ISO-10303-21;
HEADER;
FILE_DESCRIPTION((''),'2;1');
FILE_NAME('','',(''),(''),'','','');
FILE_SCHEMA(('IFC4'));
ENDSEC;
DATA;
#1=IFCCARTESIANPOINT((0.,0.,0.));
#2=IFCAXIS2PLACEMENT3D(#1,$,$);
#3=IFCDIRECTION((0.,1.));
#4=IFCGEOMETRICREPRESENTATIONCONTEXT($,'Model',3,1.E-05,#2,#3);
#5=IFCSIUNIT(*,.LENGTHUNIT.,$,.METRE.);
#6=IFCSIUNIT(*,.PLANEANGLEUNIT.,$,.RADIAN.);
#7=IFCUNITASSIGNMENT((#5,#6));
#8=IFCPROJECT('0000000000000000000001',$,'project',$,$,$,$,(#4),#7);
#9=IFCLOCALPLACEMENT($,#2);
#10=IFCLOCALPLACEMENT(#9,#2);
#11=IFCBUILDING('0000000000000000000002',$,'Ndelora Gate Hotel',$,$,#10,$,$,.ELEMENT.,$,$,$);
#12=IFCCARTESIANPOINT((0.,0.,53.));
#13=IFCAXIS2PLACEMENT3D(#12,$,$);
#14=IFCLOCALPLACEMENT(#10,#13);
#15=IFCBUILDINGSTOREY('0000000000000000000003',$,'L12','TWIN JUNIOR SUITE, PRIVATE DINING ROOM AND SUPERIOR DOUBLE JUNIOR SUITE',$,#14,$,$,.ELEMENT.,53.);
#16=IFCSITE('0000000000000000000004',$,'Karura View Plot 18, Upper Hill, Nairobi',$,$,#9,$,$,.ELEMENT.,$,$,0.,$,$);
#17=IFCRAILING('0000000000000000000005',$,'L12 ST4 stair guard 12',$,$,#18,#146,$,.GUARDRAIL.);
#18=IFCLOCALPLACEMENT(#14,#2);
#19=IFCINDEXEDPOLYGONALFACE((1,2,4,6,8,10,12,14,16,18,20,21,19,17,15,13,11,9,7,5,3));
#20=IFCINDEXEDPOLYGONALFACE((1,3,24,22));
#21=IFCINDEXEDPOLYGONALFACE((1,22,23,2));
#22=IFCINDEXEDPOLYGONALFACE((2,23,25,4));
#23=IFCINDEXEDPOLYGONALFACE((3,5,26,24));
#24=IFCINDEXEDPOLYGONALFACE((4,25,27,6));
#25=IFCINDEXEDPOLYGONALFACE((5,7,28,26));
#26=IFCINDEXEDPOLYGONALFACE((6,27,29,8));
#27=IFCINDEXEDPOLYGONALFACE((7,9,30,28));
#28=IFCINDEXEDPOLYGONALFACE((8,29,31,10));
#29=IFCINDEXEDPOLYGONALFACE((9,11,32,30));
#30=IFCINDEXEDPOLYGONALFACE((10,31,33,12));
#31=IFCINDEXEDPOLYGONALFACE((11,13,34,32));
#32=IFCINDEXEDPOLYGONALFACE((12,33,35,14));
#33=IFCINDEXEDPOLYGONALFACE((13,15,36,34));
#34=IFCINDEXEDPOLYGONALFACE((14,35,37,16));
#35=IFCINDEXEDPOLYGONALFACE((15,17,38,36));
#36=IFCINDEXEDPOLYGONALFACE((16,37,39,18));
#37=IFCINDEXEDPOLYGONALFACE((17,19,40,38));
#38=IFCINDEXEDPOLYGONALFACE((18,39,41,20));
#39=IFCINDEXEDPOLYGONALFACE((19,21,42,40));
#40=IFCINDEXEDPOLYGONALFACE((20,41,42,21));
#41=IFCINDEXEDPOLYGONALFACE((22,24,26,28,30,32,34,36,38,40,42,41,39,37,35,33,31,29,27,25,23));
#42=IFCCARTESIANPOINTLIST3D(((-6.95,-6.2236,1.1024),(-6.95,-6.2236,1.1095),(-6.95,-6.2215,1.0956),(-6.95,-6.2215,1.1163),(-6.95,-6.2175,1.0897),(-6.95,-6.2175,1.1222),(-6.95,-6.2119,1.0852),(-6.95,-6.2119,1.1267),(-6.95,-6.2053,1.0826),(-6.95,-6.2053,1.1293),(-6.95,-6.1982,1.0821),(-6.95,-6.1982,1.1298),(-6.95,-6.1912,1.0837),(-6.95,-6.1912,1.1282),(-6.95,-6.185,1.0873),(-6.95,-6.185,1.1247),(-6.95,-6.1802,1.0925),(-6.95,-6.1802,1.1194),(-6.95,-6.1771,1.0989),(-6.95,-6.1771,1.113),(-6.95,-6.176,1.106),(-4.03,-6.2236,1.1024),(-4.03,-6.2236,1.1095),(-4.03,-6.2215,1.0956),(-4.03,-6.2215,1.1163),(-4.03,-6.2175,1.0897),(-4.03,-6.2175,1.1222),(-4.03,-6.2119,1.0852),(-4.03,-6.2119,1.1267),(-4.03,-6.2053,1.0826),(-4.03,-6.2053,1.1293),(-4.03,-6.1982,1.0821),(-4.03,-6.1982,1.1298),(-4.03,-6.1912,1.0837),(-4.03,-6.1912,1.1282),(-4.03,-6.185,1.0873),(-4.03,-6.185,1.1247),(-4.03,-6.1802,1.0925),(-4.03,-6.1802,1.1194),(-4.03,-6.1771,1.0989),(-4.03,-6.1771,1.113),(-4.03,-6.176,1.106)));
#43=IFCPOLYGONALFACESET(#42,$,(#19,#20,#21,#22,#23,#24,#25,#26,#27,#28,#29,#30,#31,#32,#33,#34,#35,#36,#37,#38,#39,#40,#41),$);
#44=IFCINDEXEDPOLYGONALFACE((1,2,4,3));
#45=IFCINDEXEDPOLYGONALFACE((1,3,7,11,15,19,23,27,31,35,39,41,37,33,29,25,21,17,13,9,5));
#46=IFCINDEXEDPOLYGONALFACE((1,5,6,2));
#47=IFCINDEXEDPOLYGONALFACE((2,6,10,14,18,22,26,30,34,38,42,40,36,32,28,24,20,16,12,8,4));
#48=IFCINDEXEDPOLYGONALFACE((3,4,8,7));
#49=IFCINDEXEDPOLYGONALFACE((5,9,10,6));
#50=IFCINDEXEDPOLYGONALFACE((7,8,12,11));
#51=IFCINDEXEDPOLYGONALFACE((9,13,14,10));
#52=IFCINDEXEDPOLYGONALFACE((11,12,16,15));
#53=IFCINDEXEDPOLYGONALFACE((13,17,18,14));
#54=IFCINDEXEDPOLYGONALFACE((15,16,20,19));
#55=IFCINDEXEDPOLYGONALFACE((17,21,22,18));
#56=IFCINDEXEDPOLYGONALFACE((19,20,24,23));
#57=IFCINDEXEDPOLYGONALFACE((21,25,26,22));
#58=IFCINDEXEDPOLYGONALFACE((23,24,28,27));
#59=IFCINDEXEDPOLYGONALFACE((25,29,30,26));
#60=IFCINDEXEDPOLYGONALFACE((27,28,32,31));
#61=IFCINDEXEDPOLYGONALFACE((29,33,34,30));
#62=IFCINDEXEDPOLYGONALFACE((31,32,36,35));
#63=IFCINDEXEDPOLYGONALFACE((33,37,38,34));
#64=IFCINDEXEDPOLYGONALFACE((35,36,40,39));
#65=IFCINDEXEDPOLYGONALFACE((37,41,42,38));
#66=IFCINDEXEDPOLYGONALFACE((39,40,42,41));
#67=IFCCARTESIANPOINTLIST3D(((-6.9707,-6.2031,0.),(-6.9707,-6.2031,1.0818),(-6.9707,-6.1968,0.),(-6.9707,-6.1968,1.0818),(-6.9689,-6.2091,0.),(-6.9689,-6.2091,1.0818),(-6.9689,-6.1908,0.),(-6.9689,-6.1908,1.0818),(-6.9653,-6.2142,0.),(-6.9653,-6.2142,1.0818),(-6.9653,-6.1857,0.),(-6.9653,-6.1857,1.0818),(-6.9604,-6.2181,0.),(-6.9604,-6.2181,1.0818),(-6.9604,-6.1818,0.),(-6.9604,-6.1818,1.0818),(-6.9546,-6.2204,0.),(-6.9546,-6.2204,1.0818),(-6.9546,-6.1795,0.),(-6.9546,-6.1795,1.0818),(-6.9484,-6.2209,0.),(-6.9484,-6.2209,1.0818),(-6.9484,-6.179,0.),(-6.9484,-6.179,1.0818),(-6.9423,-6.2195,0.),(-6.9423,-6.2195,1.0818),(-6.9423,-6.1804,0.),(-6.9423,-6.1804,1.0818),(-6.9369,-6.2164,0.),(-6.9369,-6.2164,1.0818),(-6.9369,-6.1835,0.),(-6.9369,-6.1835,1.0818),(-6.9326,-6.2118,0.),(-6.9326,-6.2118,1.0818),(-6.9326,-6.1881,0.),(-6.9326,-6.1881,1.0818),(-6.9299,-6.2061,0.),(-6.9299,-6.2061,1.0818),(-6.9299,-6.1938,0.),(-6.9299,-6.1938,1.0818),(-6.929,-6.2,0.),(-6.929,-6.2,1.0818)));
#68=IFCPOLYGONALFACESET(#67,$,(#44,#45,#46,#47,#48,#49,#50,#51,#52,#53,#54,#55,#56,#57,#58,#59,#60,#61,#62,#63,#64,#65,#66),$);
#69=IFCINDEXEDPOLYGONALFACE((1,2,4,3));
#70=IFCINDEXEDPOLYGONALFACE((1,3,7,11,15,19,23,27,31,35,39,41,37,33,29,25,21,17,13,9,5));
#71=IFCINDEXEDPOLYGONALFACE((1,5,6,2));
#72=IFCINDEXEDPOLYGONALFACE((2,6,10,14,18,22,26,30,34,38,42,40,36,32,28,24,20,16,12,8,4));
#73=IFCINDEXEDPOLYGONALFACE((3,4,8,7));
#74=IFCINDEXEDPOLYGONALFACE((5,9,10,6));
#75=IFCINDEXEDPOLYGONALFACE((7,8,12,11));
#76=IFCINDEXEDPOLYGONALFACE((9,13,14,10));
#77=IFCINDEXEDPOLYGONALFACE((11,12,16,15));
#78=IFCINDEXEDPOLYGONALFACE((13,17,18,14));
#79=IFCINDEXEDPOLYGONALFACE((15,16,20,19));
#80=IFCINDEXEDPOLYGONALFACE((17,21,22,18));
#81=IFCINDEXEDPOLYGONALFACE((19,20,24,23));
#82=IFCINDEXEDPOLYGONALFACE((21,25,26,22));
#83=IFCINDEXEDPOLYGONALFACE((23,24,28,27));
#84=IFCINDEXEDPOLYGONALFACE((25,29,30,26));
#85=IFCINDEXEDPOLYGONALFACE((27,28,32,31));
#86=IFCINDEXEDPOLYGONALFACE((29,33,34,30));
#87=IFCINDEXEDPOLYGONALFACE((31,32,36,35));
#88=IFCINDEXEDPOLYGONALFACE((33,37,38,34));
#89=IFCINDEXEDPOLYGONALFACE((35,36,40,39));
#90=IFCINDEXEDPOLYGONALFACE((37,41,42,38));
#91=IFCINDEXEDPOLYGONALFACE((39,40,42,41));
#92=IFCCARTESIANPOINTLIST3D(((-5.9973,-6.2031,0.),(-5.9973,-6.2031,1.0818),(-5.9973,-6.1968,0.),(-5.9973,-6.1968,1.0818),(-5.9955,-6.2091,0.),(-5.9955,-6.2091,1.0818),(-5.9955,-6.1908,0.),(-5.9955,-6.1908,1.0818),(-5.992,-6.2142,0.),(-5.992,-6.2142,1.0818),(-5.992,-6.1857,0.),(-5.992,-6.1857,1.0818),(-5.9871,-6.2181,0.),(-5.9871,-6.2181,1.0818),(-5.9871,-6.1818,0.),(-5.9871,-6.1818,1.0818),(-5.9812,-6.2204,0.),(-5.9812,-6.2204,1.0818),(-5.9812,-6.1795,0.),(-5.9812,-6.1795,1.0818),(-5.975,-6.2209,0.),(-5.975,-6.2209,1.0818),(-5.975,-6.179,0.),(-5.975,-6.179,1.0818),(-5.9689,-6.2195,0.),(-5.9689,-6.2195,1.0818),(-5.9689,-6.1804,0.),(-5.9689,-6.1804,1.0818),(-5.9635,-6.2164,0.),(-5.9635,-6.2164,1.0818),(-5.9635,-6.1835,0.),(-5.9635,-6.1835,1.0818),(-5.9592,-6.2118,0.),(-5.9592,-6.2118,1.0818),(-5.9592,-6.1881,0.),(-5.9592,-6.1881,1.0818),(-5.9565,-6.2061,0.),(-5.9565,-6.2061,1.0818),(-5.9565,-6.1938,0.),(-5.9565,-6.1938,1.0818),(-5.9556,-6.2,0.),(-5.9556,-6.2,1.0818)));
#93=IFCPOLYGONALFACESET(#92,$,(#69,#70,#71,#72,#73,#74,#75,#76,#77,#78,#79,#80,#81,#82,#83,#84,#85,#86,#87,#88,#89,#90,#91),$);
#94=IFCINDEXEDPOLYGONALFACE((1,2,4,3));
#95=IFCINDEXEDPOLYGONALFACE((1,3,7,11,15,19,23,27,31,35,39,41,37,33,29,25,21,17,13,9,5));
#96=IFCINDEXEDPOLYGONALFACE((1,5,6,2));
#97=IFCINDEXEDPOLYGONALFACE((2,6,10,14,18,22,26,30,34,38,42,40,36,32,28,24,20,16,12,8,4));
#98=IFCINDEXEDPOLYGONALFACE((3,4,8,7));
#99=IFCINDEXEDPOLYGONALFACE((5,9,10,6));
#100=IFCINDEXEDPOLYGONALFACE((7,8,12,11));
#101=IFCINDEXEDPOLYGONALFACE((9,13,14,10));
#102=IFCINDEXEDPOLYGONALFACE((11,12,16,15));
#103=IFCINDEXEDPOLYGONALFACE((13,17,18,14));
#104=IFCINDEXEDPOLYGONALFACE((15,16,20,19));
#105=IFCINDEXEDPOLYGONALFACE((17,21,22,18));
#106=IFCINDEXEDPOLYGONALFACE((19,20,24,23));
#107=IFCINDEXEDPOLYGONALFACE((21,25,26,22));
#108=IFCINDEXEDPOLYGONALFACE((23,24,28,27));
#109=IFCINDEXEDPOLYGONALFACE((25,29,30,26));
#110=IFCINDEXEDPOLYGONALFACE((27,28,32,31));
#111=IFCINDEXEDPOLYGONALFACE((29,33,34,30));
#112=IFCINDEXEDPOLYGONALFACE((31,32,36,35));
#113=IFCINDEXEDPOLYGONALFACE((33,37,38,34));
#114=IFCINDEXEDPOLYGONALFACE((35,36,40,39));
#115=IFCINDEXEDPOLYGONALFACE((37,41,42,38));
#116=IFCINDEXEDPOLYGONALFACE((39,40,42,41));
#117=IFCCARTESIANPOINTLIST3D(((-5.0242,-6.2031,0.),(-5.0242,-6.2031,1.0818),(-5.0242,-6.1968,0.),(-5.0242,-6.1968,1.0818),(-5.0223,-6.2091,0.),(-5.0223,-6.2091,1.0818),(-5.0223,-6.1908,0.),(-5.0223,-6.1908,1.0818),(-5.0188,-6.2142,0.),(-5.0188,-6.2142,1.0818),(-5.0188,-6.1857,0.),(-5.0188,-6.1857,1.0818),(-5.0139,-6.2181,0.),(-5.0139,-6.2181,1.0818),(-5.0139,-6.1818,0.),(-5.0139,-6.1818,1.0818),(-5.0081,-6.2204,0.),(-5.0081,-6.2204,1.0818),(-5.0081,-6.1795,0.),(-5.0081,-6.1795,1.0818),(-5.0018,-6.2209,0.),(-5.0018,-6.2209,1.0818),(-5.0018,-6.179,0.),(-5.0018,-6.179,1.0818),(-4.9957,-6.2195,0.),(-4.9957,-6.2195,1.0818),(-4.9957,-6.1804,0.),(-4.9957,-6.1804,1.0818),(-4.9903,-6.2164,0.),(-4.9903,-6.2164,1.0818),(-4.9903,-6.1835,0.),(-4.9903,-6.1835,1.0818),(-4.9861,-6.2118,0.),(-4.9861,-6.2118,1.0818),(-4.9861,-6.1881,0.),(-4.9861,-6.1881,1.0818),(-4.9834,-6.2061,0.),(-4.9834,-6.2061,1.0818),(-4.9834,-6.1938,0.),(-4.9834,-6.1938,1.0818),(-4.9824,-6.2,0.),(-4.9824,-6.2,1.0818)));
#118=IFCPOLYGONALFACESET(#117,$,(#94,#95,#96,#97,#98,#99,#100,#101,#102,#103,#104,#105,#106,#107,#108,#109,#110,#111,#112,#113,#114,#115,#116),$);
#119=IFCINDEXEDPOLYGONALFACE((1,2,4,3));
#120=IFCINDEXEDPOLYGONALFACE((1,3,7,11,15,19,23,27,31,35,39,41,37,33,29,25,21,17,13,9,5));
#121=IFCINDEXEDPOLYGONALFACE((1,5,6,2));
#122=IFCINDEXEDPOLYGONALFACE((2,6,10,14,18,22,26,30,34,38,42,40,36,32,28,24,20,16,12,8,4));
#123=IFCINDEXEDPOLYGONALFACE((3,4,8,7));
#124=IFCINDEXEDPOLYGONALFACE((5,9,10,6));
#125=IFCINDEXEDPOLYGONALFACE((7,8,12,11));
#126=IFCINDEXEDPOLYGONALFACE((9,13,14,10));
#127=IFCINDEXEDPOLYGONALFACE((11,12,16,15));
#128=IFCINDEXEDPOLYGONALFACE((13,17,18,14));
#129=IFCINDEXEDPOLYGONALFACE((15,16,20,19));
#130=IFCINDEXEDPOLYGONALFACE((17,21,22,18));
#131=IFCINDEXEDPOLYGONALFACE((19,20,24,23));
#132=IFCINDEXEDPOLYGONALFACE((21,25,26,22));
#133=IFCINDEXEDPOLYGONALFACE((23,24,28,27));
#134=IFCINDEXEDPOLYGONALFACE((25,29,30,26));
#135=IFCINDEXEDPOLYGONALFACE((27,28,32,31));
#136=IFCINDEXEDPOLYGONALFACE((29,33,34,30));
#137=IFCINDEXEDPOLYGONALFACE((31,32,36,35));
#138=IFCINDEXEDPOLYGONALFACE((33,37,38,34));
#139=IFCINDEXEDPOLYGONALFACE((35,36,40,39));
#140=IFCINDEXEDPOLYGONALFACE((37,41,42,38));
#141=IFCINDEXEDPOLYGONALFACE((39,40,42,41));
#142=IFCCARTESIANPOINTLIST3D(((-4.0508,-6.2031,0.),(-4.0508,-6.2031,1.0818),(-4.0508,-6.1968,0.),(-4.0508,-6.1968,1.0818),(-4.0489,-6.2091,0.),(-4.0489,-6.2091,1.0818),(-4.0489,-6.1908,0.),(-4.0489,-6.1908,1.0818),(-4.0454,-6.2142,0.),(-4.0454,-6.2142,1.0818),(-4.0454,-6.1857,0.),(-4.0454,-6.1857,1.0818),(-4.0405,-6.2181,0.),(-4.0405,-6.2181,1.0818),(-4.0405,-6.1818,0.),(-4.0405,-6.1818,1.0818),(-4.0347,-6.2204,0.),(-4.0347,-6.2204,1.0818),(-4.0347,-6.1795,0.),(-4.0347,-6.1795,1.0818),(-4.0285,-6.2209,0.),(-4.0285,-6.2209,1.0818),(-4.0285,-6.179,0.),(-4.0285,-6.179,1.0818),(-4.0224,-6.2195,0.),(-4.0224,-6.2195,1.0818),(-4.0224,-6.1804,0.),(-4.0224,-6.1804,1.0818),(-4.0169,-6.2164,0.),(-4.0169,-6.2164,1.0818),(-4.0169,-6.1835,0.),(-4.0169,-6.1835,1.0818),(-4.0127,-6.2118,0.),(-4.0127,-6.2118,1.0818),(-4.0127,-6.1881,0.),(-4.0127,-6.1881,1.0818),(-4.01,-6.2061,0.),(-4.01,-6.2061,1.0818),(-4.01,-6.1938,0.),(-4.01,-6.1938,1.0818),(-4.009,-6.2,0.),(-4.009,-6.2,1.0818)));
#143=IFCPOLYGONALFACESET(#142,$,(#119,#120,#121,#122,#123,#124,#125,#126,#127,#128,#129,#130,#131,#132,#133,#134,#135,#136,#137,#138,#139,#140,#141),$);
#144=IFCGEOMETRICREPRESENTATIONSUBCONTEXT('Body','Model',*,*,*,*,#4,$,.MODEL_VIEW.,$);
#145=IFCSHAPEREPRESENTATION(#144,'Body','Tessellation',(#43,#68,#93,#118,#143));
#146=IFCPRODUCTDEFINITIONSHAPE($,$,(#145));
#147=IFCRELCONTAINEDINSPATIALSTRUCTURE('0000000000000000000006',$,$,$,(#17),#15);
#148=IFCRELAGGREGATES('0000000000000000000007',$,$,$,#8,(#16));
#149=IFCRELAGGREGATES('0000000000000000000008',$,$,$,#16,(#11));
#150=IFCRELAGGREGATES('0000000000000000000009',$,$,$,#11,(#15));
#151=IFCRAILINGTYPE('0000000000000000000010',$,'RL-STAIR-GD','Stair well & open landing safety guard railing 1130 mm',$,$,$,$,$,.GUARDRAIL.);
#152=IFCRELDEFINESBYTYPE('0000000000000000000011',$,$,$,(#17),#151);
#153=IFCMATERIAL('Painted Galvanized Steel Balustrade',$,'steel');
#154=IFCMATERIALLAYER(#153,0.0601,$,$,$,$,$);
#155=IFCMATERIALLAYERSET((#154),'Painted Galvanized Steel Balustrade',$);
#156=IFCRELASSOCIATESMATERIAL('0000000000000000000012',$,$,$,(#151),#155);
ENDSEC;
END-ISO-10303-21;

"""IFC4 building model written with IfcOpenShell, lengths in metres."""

from ifc_helpers import new_model, si_unit, direction, frame, origin, origin_2d, place, context, subcontext, project, spatial, circle, extrude, material, layer, layer_set, type_object, element, save


model = new_model("IFC4")

# Units and contexts
model_context = context("Model", 3, precision=1e-05, world=origin(), true_north=direction((0.0, 1.0)))
body_context = subcontext(model_context, "Body", "Model", "MODEL_VIEW")
ifc_project = project(units=[si_unit("LENGTHUNIT", "METRE"), si_unit("PLANEANGLEUNIT", "RADIAN")], contexts=[model_context])

# Site, building, storey
site_placement = place(None, origin())
site = spatial("IfcSite", under=ifc_project, at=site_placement, Name="Karura View Plot 18, Upper Hill, Nairobi", CompositionType="ELEMENT", RefElevation=0.0)
building_placement = place(site_placement, origin())
building = spatial("IfcBuilding", under=site, at=building_placement, Name="Ndelora Gate Hotel", CompositionType="ELEMENT")
storey_placement = place(building_placement, frame((0.0, 0.0, 53.0)))
storey = spatial("IfcBuildingStorey", under=building, at=storey_placement, Name="L12", Description="TWIN JUNIOR SUITE, PRIVATE DINING ROOM AND SUPERIOR DOUBLE JUNIOR SUITE", CompositionType="ELEMENT", Elevation=53.0)

# Railing
ifc_material_1 = material(Name="Painted Galvanized Steel Balustrade", Category="steel")
ifc_layer_1 = layer(ifc_material_1, 0.0601)
ifc_layer_set_1 = layer_set([ifc_layer_1], Name="Painted Galvanized Steel Balustrade")
railing_type_1 = type_object("IfcRailingType", Name="RL-STAIR-GD", Description="Stair well & open landing safety guard railing 1130 mm", PredefinedType="GUARDRAIL", material=ifc_layer_set_1)
railing_1_placement = place(storey_placement, frame((-6.95, -6.2, 0.0)))
element("IfcRailing", 1, at=railing_1_placement, inside=storey, type_object=railing_type_1, Name="L12 ST4 stair guard 12", PredefinedType="GUARDRAIL", context=body_context, shape_type="SweptSolid", body=[
    extrude(circle(Radius=0.0239, at=origin_2d()), frame((0.0, 0.0, 1.106), z_axis=(1.0, 0.0, 0.0), x_axis=(0.0, 1.0, 0.0)), (0.0, 0.0, 1.0), 2.9199),
    extrude(circle(Radius=0.021, at=origin_2d()), origin(), (0.0, 0.0, 1.0), 1.0818),
    extrude(circle(Radius=0.021, at=origin_2d()), frame((0.9734, 0.0, 0.0)), (0.0, 0.0, 1.0), 1.0818),
    extrude(circle(Radius=0.021, at=origin_2d()), frame((1.9465, 0.0, 0.0)), (0.0, 0.0, 1.0), 1.0818),
    extrude(circle(Radius=0.021, at=origin_2d()), frame((2.9199, 0.0, 0.0)), (0.0, 0.0, 1.0), 1.0818),
])

save(model, "model.ifc")
